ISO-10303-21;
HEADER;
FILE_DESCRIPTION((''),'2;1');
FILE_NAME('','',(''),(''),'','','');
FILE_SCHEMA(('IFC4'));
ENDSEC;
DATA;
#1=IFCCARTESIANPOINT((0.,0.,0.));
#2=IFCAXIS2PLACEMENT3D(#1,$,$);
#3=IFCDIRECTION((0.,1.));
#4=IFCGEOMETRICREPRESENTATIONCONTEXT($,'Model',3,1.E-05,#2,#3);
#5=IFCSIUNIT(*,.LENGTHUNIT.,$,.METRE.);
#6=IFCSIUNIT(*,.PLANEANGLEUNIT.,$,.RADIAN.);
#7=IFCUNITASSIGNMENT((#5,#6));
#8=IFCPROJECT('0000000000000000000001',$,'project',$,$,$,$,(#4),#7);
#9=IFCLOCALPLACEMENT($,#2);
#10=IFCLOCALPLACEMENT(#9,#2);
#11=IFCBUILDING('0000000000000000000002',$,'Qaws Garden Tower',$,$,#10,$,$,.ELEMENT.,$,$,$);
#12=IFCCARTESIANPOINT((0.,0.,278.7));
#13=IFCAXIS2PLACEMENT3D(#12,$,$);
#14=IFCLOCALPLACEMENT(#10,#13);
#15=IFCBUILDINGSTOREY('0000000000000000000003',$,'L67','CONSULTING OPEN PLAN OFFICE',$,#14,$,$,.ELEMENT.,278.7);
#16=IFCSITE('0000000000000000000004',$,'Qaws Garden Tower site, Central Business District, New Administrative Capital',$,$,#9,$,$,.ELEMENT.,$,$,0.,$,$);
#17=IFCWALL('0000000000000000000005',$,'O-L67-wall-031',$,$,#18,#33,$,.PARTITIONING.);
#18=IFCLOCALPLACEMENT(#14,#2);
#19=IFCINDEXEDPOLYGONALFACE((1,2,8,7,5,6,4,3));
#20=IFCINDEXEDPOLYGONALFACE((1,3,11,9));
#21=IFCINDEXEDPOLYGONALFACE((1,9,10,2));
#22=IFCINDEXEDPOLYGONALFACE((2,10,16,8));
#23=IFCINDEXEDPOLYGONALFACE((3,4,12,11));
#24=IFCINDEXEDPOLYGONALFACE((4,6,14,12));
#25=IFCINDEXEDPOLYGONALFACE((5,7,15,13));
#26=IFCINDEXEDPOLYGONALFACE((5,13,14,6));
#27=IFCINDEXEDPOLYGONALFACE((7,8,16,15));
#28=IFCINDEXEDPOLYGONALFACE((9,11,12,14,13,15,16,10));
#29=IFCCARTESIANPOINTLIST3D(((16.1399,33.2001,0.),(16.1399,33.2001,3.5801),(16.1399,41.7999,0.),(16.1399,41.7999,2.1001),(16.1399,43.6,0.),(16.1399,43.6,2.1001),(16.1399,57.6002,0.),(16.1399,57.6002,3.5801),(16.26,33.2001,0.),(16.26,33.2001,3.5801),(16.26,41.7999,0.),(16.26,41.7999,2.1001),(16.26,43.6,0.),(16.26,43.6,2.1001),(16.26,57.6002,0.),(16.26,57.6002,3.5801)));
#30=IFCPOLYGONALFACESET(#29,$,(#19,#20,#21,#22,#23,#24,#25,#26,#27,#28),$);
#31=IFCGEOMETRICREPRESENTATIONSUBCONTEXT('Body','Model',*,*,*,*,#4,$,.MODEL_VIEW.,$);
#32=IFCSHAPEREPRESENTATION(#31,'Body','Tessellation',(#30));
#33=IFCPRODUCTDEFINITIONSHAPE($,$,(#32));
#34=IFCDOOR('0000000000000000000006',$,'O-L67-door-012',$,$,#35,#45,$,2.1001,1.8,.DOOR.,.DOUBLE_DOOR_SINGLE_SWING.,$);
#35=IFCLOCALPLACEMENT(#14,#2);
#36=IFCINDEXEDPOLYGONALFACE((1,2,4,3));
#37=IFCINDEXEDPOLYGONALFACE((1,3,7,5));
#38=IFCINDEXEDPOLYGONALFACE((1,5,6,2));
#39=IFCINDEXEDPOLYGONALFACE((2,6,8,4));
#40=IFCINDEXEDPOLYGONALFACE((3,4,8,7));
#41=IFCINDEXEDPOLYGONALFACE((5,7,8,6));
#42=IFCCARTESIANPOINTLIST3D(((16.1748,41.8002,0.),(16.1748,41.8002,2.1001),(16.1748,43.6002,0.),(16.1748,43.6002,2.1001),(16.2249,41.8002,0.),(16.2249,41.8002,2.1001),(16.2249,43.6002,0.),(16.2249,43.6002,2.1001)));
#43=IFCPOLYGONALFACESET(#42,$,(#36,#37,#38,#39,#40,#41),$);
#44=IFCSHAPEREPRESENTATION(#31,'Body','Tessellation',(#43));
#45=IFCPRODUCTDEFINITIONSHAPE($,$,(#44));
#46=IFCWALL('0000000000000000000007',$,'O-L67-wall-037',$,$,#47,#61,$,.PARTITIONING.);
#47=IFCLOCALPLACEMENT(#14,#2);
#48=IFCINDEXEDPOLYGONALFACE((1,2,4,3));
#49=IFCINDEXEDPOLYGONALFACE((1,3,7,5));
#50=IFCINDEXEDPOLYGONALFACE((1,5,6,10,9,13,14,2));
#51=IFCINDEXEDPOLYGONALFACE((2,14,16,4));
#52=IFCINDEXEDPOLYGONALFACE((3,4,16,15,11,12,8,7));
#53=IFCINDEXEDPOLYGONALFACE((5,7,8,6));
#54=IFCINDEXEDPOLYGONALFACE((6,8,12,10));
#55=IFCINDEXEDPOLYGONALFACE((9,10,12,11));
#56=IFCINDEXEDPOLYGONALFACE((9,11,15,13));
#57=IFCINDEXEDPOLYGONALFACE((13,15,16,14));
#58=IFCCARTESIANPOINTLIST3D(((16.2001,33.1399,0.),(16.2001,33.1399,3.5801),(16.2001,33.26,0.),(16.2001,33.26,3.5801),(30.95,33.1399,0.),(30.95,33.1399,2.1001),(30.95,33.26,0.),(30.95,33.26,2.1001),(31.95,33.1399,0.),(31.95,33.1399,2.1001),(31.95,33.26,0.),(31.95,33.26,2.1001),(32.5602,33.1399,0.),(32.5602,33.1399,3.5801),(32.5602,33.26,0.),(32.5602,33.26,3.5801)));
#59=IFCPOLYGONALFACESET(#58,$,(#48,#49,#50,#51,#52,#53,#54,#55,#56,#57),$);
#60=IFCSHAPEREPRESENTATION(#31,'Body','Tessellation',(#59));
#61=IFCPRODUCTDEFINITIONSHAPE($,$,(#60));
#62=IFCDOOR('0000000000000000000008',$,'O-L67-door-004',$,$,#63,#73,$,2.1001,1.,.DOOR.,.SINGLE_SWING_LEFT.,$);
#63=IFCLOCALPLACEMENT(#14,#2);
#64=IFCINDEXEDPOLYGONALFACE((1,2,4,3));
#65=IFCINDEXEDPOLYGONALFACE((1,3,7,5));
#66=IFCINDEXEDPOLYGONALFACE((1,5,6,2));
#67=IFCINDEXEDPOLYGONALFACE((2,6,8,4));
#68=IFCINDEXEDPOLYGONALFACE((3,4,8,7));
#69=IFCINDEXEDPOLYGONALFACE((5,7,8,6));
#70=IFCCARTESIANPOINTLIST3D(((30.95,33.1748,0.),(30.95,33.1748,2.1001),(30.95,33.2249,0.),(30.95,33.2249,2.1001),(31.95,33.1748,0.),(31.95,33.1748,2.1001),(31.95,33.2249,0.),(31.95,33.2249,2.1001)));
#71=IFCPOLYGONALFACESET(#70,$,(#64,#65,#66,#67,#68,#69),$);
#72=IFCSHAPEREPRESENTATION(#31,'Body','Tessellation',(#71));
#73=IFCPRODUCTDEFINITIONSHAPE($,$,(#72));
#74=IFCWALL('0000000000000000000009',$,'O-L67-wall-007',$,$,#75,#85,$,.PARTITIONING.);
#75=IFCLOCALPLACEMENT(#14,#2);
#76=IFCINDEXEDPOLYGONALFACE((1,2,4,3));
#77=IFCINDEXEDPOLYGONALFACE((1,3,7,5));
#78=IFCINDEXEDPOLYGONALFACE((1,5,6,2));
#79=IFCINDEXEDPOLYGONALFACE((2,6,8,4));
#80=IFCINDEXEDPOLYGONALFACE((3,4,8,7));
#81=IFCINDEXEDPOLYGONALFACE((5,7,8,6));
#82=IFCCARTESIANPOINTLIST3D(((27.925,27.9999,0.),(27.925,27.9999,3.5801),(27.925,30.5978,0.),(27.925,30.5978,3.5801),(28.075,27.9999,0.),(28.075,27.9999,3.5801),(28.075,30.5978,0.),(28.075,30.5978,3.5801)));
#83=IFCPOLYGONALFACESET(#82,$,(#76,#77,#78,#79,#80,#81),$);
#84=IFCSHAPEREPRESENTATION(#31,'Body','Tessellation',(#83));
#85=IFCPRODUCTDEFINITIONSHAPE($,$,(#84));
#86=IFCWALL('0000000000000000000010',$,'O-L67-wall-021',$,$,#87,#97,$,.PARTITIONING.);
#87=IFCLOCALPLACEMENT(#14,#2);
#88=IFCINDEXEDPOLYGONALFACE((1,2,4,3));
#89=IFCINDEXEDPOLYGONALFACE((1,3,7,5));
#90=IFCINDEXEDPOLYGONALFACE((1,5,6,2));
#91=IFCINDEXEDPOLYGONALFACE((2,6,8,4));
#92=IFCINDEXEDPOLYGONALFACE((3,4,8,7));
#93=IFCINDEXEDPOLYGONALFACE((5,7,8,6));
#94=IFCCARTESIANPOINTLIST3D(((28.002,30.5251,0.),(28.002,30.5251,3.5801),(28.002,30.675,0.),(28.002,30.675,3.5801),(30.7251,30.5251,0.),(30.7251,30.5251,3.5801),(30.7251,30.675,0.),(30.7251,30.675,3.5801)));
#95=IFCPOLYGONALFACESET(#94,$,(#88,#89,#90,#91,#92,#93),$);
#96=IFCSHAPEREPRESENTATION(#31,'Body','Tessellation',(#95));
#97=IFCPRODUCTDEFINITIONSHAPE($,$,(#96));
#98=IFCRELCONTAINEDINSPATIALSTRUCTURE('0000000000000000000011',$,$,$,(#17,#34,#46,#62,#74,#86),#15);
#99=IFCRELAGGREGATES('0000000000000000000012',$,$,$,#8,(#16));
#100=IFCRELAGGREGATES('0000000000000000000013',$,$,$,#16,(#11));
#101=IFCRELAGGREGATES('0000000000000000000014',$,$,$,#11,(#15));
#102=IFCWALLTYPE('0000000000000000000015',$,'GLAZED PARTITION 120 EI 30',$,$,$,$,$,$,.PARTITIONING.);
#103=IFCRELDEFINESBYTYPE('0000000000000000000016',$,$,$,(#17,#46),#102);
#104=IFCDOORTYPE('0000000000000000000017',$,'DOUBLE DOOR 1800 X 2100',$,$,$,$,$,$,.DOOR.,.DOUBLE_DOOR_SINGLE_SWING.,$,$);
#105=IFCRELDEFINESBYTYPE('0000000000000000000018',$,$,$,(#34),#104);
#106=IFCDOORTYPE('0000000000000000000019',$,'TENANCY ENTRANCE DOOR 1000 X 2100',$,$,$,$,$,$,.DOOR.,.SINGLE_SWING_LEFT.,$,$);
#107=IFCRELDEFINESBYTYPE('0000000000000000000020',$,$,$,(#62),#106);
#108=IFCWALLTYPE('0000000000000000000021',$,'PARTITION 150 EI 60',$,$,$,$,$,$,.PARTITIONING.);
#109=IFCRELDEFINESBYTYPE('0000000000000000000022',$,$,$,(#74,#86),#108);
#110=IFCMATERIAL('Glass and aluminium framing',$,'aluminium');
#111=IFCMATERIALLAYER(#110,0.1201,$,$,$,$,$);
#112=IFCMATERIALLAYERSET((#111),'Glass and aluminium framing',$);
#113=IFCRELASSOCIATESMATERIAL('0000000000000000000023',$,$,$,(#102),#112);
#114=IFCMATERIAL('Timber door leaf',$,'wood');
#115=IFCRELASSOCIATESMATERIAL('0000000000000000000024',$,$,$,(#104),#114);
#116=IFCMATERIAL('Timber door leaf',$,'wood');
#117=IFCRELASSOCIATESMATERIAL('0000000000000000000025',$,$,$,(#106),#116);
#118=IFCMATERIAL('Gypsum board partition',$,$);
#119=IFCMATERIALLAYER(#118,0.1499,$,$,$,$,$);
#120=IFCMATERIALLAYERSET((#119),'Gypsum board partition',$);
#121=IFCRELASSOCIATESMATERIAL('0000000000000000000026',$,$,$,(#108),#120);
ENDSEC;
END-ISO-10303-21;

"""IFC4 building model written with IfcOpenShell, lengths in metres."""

from ifc_helpers import new_model, si_unit, direction, frame, frame_2d, origin, place, context, subcontext, project, spatial, rectangle, extrude, material, layer, layer_set, type_object, element, fill, save


model = new_model("IFC4")

# Units and contexts
model_context = context("Model", 3, precision=1e-05, world=origin(), true_north=direction((0.0, 1.0)))
body_context = subcontext(model_context, "Body", "Model", "MODEL_VIEW")
ifc_project = project(units=[si_unit("LENGTHUNIT", "METRE"), si_unit("PLANEANGLEUNIT", "RADIAN")], contexts=[model_context])

# Site, building, storey
site_placement = place(None, origin())
site = spatial("IfcSite", under=ifc_project, at=site_placement, Name="Qaws Garden Tower site, Central Business District, New Administrative Capital", CompositionType="ELEMENT", RefElevation=0.0)
building_placement = place(site_placement, origin())
building = spatial("IfcBuilding", under=site, at=building_placement, Name="Qaws Garden Tower", CompositionType="ELEMENT")
storey_placement = place(building_placement, frame((0.0, 0.0, 278.7)))
storey = spatial("IfcBuildingStorey", under=building, at=storey_placement, Name="L67", Description="CONSULTING OPEN PLAN OFFICE", CompositionType="ELEMENT", Elevation=278.7)

# Walls, openings, doors
ifc_material_1 = material(Name="Glass and aluminium framing", Category="aluminium")
ifc_layer_1 = layer(ifc_material_1, 0.1201)
ifc_layer_set_1 = layer_set([ifc_layer_1], Name="Glass and aluminium framing")
wall_type_1 = type_object("IfcWallType", Name="GLAZED PARTITION 120 EI 30", PredefinedType="PARTITIONING", material=ifc_layer_set_1)
wall_1_placement = place(storey_placement, frame((16.2, 33.2, 0.0), z_axis=(0.0, 0.0, 1.0), x_axis=(0.0, 1.0, 0.0)))
wall_1 = element("IfcWall", 1, at=wall_1_placement, inside=storey, type_object=wall_type_1, Name="O-L67-wall-031", PredefinedType="PARTITIONING", context=body_context, shape_type="SweptSolid", body=[
    extrude(rectangle(XDim=24.4001, YDim=0.1201, at=frame_2d((12.2002, 0.0))), origin(), (0.0, 0.0, 1.0), 3.5801),
])
opening_1_placement = place(wall_1_placement, frame((8.6001, 0.0, 0.0)))
opening_1 = element("IfcOpeningElement", 2, at=opening_1_placement, cuts=wall_1, PredefinedType="OPENING", context=body_context, shape_type="SweptSolid", body=[
    extrude(rectangle(XDim=1.8, YDim=2.1001, at=frame_2d((0.8999, 1.05))), frame((0.0, 0.0701, 0.0), z_axis=(0.0, -1.0, 0.0), x_axis=(1.0, 0.0, 0.0)), (0.0, 0.0, 1.0), 0.1401),
])
ifc_material_2 = material(Name="Timber door leaf", Category="wood")
door_type_1 = type_object("IfcDoorType", Name="DOUBLE DOOR 1800 X 2100", OperationType="DOUBLE_DOOR_SINGLE_SWING", PredefinedType="DOOR", material=ifc_material_2)
door_1_placement = place(opening_1_placement, frame((1.8, 0.0, 0.0), z_axis=(0.0, 0.0, 1.0), x_axis=(-1.0, 0.0, 0.0)))
door_1 = element("IfcDoor", 3, at=door_1_placement, inside=storey, type_object=door_type_1, Name="O-L67-door-012", OperationType="DOUBLE_DOOR_SINGLE_SWING", OverallHeight=2.1001, OverallWidth=1.8, PredefinedType="DOOR", context=body_context, shape_type="SweptSolid", body=[
    extrude(rectangle(XDim=1.8, YDim=2.1001, at=frame_2d((0.8999, 1.05))), frame((0.0, 0.0249, 0.0), z_axis=(0.0, -1.0, 0.0), x_axis=(1.0, 0.0, 0.0)), (0.0, 0.0, 1.0), 0.05),
])
fill(opening_1, door_1)
wall_2_placement = place(storey_placement, frame((16.2, 33.2, 0.0), z_axis=(0.0, 0.0, 1.0), x_axis=(1.0, 0.0, 0.0)))
wall_2 = element("IfcWall", 4, at=wall_2_placement, inside=storey, type_object=wall_type_1, Name="O-L67-wall-037", PredefinedType="PARTITIONING", context=body_context, shape_type="SweptSolid", body=[
    extrude(rectangle(XDim=16.3601, YDim=0.1201, at=frame_2d((8.1802, 0.0))), origin(), (0.0, 0.0, 1.0), 3.5801),
])
opening_2_placement = place(wall_2_placement, frame((14.75, 0.0, 0.0)))
opening_2 = element("IfcOpeningElement", 5, at=opening_2_placement, cuts=wall_2, PredefinedType="OPENING", context=body_context, shape_type="SweptSolid", body=[
    extrude(rectangle(XDim=1.0, YDim=2.1001, at=frame_2d((0.5, 1.05))), frame((0.0, 0.0701, 0.0), z_axis=(0.0, -1.0, 0.0), x_axis=(1.0, 0.0, 0.0)), (0.0, 0.0, 1.0), 0.1401),
])
ifc_material_3 = material(Name="Timber door leaf", Category="wood")
door_type_2 = type_object("IfcDoorType", Name="TENANCY ENTRANCE DOOR 1000 X 2100", OperationType="SINGLE_SWING_LEFT", PredefinedType="DOOR", material=ifc_material_3)
door_2_placement = place(opening_2_placement, origin())
door_2 = element("IfcDoor", 6, at=door_2_placement, inside=storey, type_object=door_type_2, Name="O-L67-door-004", OperationType="SINGLE_SWING_LEFT", OverallHeight=2.1001, OverallWidth=1.0, PredefinedType="DOOR", context=body_context, shape_type="SweptSolid", body=[
    extrude(rectangle(XDim=1.0, YDim=2.1001, at=frame_2d((0.5, 1.05))), frame((0.0, 0.0249, 0.0), z_axis=(0.0, -1.0, 0.0), x_axis=(1.0, 0.0, 0.0)), (0.0, 0.0, 1.0), 0.05),
])
fill(opening_2, door_2)

# Walls
ifc_material_4 = material(Name="Gypsum board partition")
ifc_layer_2 = layer(ifc_material_4, 0.1499)
ifc_layer_set_2 = layer_set([ifc_layer_2], Name="Gypsum board partition")
wall_type_2 = type_object("IfcWallType", Name="PARTITION 150 EI 60", PredefinedType="PARTITIONING", material=ifc_layer_set_2)
wall_3_placement = place(storey_placement, frame((28.0, 28.0, 0.0), z_axis=(0.0, 0.0, 1.0), x_axis=(0.0, 1.0, 0.0)))
element("IfcWall", 7, at=wall_3_placement, inside=storey, type_object=wall_type_2, Name="O-L67-wall-007", PredefinedType="PARTITIONING", context=body_context, shape_type="SweptSolid", body=[
    extrude(rectangle(XDim=2.5979, YDim=0.1499, at=frame_2d((1.2988, 0.0))), origin(), (0.0, 0.0, 1.0), 3.5801),
])
wall_4_placement = place(storey_placement, frame((28.002, 30.6001, 0.0), z_axis=(0.0, 0.0, 1.0), x_axis=(1.0, 0.0, 0.0)))
element("IfcWall", 8, at=wall_4_placement, inside=storey, type_object=wall_type_2, Name="O-L67-wall-021", PredefinedType="PARTITIONING", context=body_context, shape_type="SweptSolid", body=[
    extrude(rectangle(XDim=2.7231, YDim=0.1499, at=frame_2d((1.3616, 0.0))), origin(), (0.0, 0.0, 1.0), 3.5801),
])

save(model, "model.ifc")
